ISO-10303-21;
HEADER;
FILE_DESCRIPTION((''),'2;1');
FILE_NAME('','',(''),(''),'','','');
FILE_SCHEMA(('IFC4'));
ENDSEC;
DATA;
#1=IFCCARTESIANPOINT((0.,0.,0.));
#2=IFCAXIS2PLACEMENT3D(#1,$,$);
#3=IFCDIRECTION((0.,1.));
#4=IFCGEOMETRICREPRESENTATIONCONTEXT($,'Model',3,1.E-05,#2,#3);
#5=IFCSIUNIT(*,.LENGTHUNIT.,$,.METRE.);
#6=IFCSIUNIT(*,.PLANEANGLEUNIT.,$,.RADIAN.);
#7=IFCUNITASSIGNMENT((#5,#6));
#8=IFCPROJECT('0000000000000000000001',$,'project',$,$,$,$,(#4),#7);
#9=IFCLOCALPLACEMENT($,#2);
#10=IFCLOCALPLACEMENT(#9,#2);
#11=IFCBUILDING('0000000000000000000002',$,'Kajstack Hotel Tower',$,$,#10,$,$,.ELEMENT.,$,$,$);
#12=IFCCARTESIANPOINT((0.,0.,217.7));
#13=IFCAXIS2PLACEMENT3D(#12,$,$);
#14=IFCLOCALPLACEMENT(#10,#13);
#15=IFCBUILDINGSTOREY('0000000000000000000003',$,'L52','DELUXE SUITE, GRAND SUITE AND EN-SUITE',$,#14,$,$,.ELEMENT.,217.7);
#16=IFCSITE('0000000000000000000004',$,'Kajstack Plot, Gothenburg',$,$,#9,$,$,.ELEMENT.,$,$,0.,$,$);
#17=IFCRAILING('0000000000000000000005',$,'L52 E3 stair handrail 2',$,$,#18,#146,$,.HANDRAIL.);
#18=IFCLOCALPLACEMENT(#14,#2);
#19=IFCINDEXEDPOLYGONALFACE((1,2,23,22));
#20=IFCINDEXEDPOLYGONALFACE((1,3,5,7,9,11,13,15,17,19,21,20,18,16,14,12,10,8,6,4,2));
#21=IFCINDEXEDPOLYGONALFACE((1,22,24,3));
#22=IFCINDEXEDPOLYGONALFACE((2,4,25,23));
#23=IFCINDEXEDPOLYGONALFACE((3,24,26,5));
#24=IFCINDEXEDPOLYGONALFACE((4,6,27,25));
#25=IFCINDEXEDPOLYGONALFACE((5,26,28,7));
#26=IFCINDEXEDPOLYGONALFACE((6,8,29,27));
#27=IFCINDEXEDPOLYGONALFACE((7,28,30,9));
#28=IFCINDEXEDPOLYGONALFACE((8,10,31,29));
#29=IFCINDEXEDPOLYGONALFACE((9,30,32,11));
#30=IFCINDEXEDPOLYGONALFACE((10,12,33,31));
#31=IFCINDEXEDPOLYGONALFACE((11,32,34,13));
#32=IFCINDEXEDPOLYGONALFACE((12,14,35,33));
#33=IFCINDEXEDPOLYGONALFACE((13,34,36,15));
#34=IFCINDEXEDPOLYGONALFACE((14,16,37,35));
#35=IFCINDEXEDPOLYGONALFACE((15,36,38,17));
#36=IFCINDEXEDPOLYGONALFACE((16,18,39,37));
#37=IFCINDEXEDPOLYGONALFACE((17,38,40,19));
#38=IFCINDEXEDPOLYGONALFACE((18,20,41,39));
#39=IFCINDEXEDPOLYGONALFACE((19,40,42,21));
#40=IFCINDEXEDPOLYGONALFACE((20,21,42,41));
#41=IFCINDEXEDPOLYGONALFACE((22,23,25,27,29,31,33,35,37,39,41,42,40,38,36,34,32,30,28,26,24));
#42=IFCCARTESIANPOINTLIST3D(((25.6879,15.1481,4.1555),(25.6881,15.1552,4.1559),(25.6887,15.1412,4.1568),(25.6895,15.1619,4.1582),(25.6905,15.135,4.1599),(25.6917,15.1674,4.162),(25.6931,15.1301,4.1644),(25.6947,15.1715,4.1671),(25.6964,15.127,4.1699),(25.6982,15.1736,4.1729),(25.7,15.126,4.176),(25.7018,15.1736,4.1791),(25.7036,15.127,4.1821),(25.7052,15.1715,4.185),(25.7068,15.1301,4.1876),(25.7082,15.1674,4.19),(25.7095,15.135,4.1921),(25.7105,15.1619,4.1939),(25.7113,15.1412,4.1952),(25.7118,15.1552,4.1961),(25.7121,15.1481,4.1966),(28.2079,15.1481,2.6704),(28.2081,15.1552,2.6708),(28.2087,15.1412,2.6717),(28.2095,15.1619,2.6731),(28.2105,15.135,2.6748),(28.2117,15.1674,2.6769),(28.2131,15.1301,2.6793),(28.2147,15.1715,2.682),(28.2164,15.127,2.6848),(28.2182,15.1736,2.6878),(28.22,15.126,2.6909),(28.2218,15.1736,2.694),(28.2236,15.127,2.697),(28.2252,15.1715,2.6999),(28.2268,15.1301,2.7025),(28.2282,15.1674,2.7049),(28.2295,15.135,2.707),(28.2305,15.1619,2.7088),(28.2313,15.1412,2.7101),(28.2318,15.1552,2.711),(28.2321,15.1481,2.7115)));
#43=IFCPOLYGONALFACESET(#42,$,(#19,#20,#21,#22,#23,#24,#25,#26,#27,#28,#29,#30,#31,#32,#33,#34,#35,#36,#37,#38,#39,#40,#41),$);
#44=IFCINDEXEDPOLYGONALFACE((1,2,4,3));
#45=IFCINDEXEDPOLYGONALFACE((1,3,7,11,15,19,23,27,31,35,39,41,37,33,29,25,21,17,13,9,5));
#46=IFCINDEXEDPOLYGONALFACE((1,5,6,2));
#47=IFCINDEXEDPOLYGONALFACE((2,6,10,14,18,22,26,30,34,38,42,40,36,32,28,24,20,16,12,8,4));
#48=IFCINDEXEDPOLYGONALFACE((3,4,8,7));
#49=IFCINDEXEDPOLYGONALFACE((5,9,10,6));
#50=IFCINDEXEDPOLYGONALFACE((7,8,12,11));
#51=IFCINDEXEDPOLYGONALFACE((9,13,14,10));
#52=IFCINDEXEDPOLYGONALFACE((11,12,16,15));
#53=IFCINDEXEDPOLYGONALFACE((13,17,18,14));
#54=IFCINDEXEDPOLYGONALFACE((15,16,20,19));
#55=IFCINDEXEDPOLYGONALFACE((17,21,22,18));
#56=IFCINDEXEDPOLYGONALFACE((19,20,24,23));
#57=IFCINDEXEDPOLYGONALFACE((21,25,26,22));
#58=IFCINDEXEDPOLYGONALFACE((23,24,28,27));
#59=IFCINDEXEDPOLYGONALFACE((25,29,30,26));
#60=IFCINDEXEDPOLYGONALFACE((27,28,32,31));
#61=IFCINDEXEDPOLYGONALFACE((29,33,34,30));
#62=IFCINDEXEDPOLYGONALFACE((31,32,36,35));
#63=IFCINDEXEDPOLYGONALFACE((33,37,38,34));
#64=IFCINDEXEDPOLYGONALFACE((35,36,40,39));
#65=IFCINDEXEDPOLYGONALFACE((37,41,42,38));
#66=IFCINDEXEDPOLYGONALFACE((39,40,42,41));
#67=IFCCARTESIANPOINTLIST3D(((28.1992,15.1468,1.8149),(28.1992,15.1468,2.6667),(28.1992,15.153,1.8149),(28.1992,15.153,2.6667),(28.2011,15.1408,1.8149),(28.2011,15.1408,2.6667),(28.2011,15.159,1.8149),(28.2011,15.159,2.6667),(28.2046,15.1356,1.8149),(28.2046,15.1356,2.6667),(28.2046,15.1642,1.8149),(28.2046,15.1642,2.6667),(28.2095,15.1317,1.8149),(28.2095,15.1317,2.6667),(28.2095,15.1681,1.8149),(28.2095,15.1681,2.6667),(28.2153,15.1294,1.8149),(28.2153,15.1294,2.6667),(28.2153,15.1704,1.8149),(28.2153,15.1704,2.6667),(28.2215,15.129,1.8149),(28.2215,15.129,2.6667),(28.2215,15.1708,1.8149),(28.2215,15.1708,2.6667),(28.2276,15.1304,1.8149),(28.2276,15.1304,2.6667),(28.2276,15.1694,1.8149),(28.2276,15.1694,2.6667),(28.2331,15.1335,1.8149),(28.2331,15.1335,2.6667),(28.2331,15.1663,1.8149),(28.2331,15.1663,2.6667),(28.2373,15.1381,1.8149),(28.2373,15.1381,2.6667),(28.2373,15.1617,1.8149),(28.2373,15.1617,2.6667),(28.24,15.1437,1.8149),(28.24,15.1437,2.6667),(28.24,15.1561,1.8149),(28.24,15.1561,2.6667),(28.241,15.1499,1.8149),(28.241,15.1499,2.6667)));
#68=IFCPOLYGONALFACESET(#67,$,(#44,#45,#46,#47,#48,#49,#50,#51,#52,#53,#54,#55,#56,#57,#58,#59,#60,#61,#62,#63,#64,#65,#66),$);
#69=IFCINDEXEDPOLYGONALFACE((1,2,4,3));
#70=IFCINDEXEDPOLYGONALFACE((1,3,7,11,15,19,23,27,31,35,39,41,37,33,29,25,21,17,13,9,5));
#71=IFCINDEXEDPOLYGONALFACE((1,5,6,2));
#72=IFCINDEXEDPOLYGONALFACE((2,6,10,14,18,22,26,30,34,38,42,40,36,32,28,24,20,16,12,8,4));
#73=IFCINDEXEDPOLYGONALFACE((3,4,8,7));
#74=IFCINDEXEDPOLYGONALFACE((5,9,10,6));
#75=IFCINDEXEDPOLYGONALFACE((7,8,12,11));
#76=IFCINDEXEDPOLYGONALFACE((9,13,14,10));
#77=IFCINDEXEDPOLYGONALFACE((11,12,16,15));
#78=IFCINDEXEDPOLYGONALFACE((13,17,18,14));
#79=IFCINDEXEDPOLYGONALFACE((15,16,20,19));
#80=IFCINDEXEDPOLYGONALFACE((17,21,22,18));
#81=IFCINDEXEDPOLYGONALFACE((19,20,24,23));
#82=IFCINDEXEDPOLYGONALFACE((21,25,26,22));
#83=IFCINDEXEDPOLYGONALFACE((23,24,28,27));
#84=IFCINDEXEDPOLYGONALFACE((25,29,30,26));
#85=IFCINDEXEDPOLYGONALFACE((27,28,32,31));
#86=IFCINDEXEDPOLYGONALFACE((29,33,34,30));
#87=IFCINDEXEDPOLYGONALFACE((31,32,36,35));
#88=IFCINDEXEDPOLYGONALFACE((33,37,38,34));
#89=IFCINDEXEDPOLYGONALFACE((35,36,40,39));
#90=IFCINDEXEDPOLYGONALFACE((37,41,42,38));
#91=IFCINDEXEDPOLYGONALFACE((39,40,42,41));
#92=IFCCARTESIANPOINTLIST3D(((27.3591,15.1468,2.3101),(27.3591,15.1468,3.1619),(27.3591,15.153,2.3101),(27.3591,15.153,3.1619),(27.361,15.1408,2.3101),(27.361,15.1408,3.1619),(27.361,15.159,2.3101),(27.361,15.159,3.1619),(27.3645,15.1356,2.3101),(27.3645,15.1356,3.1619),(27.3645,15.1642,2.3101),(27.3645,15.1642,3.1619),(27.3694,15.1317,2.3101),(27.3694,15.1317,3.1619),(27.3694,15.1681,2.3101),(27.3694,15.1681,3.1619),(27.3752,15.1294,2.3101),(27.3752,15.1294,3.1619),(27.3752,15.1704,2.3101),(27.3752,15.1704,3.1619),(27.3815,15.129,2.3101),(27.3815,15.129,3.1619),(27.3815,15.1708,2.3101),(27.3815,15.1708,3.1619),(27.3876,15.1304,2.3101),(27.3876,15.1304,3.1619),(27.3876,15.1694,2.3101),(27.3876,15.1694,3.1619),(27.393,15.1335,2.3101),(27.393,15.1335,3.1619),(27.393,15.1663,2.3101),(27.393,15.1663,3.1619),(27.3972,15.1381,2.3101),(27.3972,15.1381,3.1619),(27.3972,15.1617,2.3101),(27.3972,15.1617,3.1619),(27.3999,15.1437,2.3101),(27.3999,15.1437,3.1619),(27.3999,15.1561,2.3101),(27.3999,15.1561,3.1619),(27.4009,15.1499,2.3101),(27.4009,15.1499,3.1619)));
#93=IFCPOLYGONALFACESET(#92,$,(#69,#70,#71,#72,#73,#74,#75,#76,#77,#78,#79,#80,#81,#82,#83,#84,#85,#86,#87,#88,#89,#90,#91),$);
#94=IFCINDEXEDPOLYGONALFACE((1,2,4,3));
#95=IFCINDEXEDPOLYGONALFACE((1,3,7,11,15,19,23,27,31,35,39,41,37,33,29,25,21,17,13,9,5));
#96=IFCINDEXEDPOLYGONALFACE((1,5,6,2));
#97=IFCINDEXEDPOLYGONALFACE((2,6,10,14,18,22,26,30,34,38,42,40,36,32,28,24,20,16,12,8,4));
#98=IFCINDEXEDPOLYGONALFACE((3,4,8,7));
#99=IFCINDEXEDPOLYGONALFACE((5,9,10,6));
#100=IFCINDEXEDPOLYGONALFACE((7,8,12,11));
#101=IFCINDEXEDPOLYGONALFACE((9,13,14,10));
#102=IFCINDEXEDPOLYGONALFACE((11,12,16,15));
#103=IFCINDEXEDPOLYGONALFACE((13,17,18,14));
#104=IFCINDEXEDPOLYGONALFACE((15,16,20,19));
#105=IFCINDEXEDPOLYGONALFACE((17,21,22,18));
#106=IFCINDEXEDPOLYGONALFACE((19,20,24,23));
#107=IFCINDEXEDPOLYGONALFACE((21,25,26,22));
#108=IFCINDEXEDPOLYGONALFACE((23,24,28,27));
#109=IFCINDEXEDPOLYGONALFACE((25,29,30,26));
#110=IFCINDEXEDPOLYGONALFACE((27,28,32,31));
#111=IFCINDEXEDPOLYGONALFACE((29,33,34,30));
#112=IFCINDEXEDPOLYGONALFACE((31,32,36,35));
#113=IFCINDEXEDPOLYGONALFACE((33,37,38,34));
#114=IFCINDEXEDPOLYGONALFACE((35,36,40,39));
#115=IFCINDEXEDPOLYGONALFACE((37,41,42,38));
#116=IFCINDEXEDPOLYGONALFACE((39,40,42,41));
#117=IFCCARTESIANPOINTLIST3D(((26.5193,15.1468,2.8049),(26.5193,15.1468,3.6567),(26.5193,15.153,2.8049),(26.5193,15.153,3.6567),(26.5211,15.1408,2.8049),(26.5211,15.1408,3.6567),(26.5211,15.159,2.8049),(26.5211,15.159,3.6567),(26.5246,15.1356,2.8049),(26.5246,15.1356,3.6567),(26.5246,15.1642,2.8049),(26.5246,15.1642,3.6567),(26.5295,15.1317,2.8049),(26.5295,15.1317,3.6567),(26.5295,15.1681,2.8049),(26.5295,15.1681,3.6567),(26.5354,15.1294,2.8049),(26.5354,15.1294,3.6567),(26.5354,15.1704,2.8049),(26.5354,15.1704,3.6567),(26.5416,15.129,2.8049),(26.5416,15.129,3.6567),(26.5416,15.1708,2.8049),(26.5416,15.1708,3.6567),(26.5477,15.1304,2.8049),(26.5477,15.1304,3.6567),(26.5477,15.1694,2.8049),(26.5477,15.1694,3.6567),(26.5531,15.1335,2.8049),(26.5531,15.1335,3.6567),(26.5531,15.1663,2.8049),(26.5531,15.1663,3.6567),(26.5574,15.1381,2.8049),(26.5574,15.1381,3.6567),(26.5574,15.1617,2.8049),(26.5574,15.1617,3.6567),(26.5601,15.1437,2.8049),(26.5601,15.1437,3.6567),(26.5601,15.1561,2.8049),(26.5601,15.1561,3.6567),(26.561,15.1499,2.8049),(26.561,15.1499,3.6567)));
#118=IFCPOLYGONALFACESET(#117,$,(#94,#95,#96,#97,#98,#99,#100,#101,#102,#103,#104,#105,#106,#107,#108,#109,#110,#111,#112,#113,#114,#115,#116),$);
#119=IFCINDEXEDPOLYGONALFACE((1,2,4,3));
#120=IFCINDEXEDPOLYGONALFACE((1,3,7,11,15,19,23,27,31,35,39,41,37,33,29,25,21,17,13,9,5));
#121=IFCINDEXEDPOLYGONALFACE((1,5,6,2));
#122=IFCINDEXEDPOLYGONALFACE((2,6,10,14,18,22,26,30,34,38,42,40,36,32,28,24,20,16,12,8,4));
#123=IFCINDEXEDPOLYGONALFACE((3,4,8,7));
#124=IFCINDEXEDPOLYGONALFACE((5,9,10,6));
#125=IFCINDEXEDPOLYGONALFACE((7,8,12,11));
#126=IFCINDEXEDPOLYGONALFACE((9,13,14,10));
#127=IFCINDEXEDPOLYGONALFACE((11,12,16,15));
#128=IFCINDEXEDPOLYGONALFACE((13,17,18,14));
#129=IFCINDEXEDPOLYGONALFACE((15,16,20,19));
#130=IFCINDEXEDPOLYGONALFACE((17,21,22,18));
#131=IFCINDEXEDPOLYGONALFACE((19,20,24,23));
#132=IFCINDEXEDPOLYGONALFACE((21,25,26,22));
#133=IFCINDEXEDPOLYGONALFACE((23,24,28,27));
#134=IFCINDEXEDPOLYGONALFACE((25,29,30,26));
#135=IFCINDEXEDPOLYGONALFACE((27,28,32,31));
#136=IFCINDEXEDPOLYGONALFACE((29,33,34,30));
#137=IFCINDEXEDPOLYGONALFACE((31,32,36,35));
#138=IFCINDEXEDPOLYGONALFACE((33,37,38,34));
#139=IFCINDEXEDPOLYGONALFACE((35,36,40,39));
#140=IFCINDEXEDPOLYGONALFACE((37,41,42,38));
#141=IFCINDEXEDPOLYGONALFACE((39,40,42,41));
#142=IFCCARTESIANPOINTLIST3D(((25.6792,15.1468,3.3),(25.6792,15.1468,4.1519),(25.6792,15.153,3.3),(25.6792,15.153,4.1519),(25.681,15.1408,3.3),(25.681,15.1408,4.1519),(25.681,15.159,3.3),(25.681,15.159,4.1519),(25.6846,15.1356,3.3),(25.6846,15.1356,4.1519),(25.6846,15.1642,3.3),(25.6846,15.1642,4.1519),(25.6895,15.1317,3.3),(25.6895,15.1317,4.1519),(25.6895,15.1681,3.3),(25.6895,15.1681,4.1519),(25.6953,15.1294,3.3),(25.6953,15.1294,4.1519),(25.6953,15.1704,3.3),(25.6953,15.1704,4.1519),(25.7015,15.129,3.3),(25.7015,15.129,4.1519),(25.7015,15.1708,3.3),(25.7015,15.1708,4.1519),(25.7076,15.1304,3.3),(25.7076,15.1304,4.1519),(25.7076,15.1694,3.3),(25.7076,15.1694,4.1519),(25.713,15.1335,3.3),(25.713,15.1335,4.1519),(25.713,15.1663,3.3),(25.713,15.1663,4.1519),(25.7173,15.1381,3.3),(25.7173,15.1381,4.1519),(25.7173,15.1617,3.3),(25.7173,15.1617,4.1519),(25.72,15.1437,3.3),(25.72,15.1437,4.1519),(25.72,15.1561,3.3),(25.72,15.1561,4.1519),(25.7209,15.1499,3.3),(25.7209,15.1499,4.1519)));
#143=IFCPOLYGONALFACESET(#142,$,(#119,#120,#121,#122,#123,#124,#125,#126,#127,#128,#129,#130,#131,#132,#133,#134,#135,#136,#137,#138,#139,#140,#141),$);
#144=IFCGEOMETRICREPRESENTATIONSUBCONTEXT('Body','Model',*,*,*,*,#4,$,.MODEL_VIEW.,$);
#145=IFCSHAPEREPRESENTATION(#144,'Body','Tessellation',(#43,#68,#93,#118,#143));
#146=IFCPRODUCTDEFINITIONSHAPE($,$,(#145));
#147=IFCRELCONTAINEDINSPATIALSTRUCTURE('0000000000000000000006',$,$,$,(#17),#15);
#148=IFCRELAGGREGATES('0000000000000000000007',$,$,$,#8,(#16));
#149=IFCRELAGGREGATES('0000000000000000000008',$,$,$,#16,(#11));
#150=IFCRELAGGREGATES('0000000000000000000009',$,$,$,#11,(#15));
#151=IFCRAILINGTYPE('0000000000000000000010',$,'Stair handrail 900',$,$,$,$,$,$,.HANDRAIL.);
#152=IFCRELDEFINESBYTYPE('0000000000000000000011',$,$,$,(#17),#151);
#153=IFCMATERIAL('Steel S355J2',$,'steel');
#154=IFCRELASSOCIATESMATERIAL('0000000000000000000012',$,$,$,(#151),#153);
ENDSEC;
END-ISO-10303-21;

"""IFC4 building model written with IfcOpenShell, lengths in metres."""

from ifc_helpers import new_model, si_unit, direction, frame, origin, origin_2d, place, context, subcontext, project, spatial, circle, extrude, material, type_object, element, save


model = new_model("IFC4")

# Units and contexts
model_context = context("Model", 3, precision=1e-05, world=origin(), true_north=direction((0.0, 1.0)))
body_context = subcontext(model_context, "Body", "Model", "MODEL_VIEW")
ifc_project = project(units=[si_unit("LENGTHUNIT", "METRE"), si_unit("PLANEANGLEUNIT", "RADIAN")], contexts=[model_context])

# Site, building, storey
site_placement = place(None, origin())
site = spatial("IfcSite", under=ifc_project, at=site_placement, Name="Kajstack Plot, Gothenburg", CompositionType="ELEMENT", RefElevation=0.0)
building_placement = place(site_placement, origin())
building = spatial("IfcBuilding", under=site, at=building_placement, Name="Kajstack Hotel Tower", CompositionType="ELEMENT")
storey_placement = place(building_placement, frame((0.0, 0.0, 217.7)))
storey = spatial("IfcBuildingStorey", under=building, at=storey_placement, Name="L52", Description="DELUXE SUITE, GRAND SUITE AND EN-SUITE", CompositionType="ELEMENT", Elevation=217.7)

# Railing
ifc_material_1 = material(Name="Steel S355J2", Category="steel")
railing_type_1 = type_object("IfcRailingType", Name="Stair handrail 900", PredefinedType="HANDRAIL", material=ifc_material_1)
railing_1_placement = place(storey_placement, frame((28.22, 15.1499, 1.8149)))
element("IfcRailing", 1, at=railing_1_placement, inside=storey, type_object=railing_type_1, Name="L52 E3 stair handrail 2", PredefinedType="HANDRAIL", context=body_context, shape_type="SweptSolid", body=[
    extrude(circle(Radius=0.0239, at=origin_2d()), frame((0.0, 0.0, 0.876), z_axis=(-0.861524, 0.0, 0.507717), x_axis=(0.0, -1.0, 0.0)), (0.0, 0.0, 1.0), 2.925),
    extrude(circle(Radius=0.021, at=origin_2d()), origin(), (0.0, 0.0, 1.0), 0.8518),
    extrude(circle(Radius=0.021, at=origin_2d()), frame((-0.8401, 0.0, 0.4951)), (0.0, 0.0, 1.0), 0.8518),
    extrude(circle(Radius=0.021, at=origin_2d()), frame((-1.6799, 0.0, 0.99)), (0.0, 0.0, 1.0), 0.8518),
    extrude(circle(Radius=0.021, at=origin_2d()), frame((-2.52, 0.0, 1.4851)), (0.0, 0.0, 1.0), 0.8518),
])

save(model, "model.ifc")
